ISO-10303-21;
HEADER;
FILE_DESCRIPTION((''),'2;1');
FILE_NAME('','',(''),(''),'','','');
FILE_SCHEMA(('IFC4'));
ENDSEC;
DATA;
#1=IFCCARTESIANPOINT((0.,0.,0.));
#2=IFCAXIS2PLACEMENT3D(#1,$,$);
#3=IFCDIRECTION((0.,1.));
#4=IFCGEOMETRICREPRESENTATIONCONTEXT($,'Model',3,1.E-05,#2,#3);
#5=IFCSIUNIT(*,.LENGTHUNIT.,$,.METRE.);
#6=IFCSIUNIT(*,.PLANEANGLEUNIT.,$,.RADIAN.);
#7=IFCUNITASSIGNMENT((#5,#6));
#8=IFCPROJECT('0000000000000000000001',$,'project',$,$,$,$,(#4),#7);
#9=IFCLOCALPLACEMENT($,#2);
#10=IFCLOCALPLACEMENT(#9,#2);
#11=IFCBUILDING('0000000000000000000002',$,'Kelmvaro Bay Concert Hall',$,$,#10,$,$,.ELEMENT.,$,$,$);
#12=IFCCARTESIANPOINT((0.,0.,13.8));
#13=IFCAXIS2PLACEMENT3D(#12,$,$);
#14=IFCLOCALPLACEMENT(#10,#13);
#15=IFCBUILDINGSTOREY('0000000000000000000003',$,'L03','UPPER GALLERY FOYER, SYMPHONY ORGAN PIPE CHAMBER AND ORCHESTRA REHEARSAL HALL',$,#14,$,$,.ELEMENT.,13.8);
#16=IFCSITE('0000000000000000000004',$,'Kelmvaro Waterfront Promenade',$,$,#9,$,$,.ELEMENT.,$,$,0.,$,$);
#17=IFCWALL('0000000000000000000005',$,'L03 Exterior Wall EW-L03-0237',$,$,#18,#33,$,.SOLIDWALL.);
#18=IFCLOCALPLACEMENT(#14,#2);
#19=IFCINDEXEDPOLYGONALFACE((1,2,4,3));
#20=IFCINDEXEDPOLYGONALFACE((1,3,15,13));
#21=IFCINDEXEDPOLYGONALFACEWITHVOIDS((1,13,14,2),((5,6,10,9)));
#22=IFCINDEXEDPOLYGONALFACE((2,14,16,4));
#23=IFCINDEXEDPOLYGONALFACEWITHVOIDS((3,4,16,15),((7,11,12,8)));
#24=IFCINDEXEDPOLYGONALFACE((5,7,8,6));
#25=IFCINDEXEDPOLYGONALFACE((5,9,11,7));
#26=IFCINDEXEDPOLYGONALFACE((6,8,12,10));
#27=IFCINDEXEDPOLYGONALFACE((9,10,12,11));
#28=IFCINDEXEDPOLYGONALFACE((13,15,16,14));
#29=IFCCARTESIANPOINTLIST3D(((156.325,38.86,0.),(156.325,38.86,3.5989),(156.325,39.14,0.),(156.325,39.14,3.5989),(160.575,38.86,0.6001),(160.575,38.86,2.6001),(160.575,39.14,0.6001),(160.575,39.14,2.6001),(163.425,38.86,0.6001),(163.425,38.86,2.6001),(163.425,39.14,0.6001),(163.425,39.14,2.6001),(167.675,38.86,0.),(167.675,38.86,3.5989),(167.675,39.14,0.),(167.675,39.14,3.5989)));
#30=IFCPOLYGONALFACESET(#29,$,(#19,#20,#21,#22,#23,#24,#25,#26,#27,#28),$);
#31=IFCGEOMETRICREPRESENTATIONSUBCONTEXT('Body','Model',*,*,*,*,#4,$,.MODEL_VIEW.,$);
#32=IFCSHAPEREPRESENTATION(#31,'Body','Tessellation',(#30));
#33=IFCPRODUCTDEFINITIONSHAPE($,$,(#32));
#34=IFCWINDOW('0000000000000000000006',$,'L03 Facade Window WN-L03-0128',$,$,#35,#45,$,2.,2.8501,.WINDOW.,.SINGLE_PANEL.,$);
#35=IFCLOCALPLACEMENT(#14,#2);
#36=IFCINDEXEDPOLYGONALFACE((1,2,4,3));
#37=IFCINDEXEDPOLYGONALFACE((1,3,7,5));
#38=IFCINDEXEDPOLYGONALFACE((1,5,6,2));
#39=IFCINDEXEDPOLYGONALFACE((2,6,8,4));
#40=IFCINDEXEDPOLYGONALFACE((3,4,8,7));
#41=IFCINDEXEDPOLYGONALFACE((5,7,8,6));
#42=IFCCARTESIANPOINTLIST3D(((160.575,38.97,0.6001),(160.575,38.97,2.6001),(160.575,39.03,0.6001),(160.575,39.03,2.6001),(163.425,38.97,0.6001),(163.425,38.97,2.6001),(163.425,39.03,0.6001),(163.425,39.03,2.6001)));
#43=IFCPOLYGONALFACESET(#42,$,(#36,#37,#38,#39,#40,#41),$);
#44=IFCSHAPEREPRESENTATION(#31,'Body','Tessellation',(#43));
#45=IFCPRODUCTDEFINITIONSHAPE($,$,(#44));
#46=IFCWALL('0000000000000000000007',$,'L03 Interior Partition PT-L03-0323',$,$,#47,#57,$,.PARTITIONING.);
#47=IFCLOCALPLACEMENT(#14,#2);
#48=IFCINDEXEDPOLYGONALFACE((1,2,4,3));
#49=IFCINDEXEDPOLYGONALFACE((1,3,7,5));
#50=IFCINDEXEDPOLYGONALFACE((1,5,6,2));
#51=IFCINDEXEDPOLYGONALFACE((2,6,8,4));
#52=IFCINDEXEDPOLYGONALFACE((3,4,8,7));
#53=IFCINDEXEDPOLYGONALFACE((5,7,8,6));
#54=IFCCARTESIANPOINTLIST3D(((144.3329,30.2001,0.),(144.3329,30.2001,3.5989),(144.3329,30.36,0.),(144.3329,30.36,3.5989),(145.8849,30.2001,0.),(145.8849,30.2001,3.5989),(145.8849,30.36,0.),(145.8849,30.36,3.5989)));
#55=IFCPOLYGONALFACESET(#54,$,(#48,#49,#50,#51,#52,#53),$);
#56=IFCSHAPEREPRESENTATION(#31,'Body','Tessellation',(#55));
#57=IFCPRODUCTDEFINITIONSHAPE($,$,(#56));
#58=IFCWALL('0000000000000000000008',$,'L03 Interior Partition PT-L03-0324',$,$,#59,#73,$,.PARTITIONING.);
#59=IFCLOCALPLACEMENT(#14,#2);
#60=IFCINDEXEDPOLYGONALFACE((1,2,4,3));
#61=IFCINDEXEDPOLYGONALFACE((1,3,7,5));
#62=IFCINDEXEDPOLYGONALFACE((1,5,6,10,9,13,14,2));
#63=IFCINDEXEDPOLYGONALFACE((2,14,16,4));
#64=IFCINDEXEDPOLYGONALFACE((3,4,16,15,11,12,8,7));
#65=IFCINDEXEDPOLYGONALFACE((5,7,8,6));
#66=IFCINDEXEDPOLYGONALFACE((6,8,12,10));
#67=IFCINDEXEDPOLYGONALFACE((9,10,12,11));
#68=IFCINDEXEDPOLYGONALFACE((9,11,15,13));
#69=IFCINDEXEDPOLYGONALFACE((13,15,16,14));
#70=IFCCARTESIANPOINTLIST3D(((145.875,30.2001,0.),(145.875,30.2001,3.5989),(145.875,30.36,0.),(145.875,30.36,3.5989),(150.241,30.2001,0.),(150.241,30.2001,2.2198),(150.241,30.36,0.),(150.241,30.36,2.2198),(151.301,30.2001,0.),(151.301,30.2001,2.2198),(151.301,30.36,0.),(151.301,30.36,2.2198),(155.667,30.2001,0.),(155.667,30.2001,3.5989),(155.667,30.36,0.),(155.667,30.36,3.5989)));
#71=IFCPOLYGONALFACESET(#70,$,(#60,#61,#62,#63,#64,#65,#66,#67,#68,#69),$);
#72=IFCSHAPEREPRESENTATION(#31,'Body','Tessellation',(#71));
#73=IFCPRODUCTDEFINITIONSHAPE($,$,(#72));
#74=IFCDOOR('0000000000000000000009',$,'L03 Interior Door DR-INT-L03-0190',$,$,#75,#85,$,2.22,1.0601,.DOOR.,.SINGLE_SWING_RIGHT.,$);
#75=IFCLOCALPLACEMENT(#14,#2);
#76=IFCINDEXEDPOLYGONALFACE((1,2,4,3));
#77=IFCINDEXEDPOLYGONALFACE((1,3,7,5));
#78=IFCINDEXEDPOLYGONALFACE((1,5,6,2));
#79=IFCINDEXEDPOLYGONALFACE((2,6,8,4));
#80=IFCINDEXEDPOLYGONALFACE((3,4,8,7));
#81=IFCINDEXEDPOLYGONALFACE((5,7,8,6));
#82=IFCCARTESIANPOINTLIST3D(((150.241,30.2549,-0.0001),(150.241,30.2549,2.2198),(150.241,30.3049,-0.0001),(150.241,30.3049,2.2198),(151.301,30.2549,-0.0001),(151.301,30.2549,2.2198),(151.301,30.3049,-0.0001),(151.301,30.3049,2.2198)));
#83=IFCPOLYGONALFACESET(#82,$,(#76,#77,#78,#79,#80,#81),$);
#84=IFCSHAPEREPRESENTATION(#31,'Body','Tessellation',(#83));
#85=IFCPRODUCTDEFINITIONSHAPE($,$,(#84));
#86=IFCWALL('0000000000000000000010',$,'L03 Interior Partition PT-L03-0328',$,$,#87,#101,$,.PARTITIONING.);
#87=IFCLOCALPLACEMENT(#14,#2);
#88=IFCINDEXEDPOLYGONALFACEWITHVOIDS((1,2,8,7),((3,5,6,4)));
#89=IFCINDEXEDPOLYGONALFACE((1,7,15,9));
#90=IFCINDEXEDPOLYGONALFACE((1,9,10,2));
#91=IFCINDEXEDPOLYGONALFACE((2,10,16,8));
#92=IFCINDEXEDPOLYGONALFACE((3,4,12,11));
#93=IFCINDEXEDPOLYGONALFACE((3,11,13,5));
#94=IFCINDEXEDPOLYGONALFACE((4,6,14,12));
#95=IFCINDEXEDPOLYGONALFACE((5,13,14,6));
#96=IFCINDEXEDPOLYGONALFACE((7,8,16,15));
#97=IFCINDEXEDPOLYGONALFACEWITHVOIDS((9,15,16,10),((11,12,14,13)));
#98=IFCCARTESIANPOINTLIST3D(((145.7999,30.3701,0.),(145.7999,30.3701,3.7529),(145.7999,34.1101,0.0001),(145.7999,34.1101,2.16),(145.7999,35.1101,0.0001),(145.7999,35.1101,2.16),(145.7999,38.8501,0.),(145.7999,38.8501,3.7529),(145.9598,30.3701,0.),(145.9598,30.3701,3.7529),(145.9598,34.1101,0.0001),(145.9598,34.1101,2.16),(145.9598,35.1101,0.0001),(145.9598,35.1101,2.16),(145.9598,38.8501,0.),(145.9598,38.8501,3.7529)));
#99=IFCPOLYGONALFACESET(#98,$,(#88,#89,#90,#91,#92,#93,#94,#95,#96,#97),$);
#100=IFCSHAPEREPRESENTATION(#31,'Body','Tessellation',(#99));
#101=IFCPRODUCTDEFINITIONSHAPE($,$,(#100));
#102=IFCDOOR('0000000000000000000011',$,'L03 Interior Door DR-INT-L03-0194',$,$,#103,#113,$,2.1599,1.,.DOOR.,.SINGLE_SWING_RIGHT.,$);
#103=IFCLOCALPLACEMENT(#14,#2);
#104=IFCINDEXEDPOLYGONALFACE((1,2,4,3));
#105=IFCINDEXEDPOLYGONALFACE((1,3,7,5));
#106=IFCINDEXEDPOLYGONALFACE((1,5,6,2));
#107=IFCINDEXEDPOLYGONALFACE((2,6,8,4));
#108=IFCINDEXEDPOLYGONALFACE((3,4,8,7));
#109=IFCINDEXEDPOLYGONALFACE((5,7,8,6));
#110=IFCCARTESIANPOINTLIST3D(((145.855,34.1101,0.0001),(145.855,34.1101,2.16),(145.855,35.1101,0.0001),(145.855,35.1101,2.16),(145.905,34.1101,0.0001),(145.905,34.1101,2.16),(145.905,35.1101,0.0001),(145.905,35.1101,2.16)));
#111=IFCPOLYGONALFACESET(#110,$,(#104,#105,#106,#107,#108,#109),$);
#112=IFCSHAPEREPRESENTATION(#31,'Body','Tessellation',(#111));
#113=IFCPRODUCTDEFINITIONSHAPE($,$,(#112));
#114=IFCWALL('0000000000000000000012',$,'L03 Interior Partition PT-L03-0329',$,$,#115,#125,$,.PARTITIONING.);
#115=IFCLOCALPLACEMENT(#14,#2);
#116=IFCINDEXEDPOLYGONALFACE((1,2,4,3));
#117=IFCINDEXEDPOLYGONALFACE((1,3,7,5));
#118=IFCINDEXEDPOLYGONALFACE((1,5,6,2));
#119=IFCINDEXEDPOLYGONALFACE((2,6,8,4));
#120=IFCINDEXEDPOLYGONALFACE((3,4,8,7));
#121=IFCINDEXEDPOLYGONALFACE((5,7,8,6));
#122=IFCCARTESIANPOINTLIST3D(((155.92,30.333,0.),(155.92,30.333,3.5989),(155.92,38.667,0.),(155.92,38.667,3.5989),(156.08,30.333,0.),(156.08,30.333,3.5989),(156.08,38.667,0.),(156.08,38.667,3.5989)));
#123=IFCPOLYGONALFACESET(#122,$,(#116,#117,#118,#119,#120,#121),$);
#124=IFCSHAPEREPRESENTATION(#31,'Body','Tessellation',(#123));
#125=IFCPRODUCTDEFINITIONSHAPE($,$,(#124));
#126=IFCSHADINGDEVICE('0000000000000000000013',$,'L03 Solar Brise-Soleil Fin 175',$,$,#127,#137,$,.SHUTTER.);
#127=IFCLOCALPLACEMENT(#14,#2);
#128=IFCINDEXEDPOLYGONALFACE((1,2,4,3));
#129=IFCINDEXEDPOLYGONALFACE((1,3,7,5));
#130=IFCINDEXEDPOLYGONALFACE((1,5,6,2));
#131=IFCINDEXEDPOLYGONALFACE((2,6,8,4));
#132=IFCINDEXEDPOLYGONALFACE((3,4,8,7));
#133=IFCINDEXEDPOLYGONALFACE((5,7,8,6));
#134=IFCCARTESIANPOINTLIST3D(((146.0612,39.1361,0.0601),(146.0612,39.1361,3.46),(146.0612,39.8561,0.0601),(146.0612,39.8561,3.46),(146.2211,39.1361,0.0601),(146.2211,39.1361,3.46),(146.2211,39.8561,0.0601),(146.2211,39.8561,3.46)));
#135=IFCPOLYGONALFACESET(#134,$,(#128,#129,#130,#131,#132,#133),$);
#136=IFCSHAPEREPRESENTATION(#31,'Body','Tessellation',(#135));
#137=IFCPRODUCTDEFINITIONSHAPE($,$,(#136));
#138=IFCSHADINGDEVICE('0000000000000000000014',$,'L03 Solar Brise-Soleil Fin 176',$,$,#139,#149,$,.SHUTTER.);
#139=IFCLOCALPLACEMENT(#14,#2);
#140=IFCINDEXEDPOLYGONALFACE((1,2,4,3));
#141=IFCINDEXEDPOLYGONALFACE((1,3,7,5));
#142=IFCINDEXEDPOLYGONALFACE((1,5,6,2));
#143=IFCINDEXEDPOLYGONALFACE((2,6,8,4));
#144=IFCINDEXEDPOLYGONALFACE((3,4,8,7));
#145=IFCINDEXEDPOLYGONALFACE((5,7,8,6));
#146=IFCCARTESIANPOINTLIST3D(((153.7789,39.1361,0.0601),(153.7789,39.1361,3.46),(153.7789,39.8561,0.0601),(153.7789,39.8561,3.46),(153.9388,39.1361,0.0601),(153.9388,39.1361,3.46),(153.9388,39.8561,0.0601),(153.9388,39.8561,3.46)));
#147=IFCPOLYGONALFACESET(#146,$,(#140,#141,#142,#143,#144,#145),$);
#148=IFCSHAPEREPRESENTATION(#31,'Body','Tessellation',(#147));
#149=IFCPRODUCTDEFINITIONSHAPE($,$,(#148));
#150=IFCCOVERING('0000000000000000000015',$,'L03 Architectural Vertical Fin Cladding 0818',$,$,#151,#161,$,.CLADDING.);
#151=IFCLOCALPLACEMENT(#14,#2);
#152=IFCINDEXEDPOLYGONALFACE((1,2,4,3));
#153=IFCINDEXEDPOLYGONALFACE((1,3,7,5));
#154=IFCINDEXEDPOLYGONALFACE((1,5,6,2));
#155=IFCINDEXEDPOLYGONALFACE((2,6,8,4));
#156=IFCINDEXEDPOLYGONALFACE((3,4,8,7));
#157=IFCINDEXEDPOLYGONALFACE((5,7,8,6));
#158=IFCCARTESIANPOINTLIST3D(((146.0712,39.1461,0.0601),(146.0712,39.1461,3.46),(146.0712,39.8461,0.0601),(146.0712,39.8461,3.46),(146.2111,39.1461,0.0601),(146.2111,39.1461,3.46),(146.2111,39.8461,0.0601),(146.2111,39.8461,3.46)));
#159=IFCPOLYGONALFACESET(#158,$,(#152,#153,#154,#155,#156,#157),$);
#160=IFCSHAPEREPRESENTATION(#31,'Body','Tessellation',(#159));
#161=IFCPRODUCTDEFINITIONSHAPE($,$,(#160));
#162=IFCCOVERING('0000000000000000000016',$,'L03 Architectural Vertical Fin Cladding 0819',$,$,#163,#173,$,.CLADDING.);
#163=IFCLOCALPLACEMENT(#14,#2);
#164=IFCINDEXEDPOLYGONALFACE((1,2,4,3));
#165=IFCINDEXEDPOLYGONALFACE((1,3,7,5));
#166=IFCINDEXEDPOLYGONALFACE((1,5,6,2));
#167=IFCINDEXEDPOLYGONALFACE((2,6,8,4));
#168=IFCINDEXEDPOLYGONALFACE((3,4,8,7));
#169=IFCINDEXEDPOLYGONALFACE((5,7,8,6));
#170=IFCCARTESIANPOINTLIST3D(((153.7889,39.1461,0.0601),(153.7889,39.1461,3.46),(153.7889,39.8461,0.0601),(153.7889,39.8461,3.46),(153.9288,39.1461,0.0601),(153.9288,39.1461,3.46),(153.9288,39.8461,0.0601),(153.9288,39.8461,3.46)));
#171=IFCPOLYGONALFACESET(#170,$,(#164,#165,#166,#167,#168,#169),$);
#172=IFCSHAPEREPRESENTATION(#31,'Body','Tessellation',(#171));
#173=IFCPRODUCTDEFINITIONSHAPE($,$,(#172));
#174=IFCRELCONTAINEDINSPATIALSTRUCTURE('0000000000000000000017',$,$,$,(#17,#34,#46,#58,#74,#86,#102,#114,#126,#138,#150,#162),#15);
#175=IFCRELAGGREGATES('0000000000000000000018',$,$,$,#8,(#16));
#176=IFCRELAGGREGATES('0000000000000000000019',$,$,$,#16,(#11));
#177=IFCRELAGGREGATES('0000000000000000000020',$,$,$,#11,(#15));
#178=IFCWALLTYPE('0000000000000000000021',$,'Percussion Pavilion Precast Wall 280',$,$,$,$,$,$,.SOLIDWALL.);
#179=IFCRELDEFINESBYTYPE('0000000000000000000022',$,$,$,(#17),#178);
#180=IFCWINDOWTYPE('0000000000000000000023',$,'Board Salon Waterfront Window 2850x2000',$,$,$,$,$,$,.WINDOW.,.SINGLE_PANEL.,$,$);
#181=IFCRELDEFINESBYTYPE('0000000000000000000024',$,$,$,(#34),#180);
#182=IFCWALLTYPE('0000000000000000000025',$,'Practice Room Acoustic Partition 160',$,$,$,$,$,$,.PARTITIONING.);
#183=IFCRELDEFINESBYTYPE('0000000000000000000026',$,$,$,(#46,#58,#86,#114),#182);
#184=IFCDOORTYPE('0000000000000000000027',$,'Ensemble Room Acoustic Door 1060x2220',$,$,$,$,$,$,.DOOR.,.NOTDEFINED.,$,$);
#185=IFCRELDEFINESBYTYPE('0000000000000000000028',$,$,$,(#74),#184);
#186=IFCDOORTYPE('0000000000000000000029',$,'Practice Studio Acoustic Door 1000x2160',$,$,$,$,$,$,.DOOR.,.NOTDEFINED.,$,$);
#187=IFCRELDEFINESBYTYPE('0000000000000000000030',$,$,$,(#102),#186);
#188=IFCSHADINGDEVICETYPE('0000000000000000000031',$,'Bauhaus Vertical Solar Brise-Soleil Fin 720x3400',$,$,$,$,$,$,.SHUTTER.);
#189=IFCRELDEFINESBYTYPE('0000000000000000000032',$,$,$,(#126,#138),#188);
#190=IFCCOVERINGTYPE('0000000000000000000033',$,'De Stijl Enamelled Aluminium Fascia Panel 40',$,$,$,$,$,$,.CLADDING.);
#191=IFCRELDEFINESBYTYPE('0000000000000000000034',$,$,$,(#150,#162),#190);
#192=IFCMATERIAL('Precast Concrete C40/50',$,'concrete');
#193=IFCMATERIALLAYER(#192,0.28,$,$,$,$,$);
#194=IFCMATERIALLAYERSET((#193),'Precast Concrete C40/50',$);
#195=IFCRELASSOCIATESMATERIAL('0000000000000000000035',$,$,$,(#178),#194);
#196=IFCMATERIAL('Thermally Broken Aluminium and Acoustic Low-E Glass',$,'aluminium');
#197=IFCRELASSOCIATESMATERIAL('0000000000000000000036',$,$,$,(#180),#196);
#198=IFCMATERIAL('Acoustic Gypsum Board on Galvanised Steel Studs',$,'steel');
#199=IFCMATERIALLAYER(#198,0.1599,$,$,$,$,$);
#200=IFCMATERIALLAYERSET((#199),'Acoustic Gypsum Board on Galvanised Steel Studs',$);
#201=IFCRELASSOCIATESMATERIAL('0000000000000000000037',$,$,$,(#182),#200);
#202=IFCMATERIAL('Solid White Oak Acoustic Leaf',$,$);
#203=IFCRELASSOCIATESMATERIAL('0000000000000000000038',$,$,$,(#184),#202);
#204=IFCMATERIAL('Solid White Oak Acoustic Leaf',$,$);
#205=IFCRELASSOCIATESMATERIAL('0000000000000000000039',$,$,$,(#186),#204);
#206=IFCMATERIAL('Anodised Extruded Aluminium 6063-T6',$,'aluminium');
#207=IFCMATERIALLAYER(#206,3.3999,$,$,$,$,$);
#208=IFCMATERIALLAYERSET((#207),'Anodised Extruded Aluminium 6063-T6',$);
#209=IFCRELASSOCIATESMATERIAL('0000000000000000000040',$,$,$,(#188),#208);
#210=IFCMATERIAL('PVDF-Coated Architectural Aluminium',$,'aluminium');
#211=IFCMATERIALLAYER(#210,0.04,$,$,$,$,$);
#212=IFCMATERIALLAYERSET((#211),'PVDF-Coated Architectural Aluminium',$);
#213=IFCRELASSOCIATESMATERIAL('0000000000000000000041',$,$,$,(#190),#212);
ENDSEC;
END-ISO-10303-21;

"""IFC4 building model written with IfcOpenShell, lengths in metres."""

from ifc_helpers import new_model, si_unit, direction, frame, frame_2d, origin, origin_2d, place, context, subcontext, project, spatial, rectangle, extrude, material, layer, layer_set, type_object, element, fill, save


model = new_model("IFC4")

# Units and contexts
model_context = context("Model", 3, precision=1e-05, world=origin(), true_north=direction((0.0, 1.0)))
body_context = subcontext(model_context, "Body", "Model", "MODEL_VIEW")
ifc_project = project(units=[si_unit("LENGTHUNIT", "METRE"), si_unit("PLANEANGLEUNIT", "RADIAN")], contexts=[model_context])

# Site, building, storey
site_placement = place(None, origin())
site = spatial("IfcSite", under=ifc_project, at=site_placement, Name="Kelmvaro Waterfront Promenade", CompositionType="ELEMENT", RefElevation=0.0)
building_placement = place(site_placement, origin())
building = spatial("IfcBuilding", under=site, at=building_placement, Name="Kelmvaro Bay Concert Hall", CompositionType="ELEMENT")
storey_placement = place(building_placement, frame((0.0, 0.0, 13.8)))
storey = spatial("IfcBuildingStorey", under=building, at=storey_placement, Name="L03", Description="UPPER GALLERY FOYER, SYMPHONY ORGAN PIPE CHAMBER AND ORCHESTRA REHEARSAL HALL", CompositionType="ELEMENT", Elevation=13.8)

# Wall, opening, window
ifc_material_1 = material(Name="Precast Concrete C40/50", Category="concrete")
ifc_layer_1 = layer(ifc_material_1, 0.28)
ifc_layer_set_1 = layer_set([ifc_layer_1], Name="Precast Concrete C40/50")
wall_type_1 = type_object("IfcWallType", Name="Percussion Pavilion Precast Wall 280", PredefinedType="SOLIDWALL", material=ifc_layer_set_1)
wall_1_placement = place(storey_placement, frame((156.325, 39.0, 0.0), z_axis=(0.0, 0.0, 1.0), x_axis=(1.0, 0.0, 0.0)))
wall_1 = element("IfcWall", 1, at=wall_1_placement, inside=storey, type_object=wall_type_1, Name="L03 Exterior Wall EW-L03-0237", PredefinedType="SOLIDWALL", context=body_context, shape_type="SweptSolid", body=[
    extrude(rectangle(XDim=11.3501, YDim=0.28, at=frame_2d((5.675, 0.0))), origin(), (0.0, 0.0, 1.0), 3.5989),
])
opening_1_placement = place(wall_1_placement, frame((4.25, 0.0, 0.6001)))
opening_1 = element("IfcOpeningElement", 2, at=opening_1_placement, cuts=wall_1, PredefinedType="OPENING", context=body_context, shape_type="SweptSolid", body=[
    extrude(rectangle(XDim=2.8501, YDim=2.0, at=frame_2d((1.425, 1.0))), frame((0.0, 0.1499, 0.0), z_axis=(0.0, -1.0, 0.0), x_axis=(1.0, 0.0, 0.0)), (0.0, 0.0, 1.0), 0.3),
])
ifc_material_2 = material(Name="Thermally Broken Aluminium and Acoustic Low-E Glass", Category="aluminium")
window_type_1 = type_object("IfcWindowType", Name="Board Salon Waterfront Window 2850x2000", PartitioningType="SINGLE_PANEL", PredefinedType="WINDOW", material=ifc_material_2)
window_1_placement = place(opening_1_placement, origin())
window_1 = element("IfcWindow", 3, at=window_1_placement, inside=storey, type_object=window_type_1, Name="L03 Facade Window WN-L03-0128", OverallHeight=2.0, OverallWidth=2.8501, PartitioningType="SINGLE_PANEL", PredefinedType="WINDOW", context=body_context, shape_type="SweptSolid", body=[
    extrude(rectangle(XDim=2.8501, YDim=2.0, at=frame_2d((1.425, 1.0))), frame((0.0, 0.03, 0.0), z_axis=(0.0, -1.0, 0.0), x_axis=(1.0, 0.0, 0.0)), (0.0, 0.0, 1.0), 0.0601),
])
fill(opening_1, window_1)

# Wall
ifc_material_3 = material(Name="Acoustic Gypsum Board on Galvanised Steel Studs", Category="steel")
ifc_layer_2 = layer(ifc_material_3, 0.1599)
ifc_layer_set_2 = layer_set([ifc_layer_2], Name="Acoustic Gypsum Board on Galvanised Steel Studs")
wall_type_2 = type_object("IfcWallType", Name="Practice Room Acoustic Partition 160", PredefinedType="PARTITIONING", material=ifc_layer_set_2)
wall_2_placement = place(storey_placement, frame((144.333, 30.28, 0.0), z_axis=(0.0, 0.0, 1.0), x_axis=(1.0, 0.0, 0.0)))
element("IfcWall", 4, at=wall_2_placement, inside=storey, type_object=wall_type_2, Name="L03 Interior Partition PT-L03-0323", PredefinedType="PARTITIONING", context=body_context, shape_type="SweptSolid", body=[
    extrude(rectangle(XDim=1.552, YDim=0.1599, at=frame_2d((0.7759, 0.0))), origin(), (0.0, 0.0, 1.0), 3.5989),
])

# Walls, openings, doors
wall_3_placement = place(storey_placement, frame((145.875, 30.28, 0.0), z_axis=(0.0, 0.0, 1.0), x_axis=(1.0, 0.0, 0.0)))
wall_3 = element("IfcWall", 5, at=wall_3_placement, inside=storey, type_object=wall_type_2, Name="L03 Interior Partition PT-L03-0324", PredefinedType="PARTITIONING", context=body_context, shape_type="SweptSolid", body=[
    extrude(rectangle(XDim=9.792, YDim=0.1599, at=frame_2d((4.896, 0.0))), origin(), (0.0, 0.0, 1.0), 3.5989),
])
opening_2_placement = place(wall_3_placement, frame((4.366, 0.0, 0.0)))
opening_2 = element("IfcOpeningElement", 6, at=opening_2_placement, cuts=wall_3, PredefinedType="OPENING", context=body_context, shape_type="SweptSolid", body=[
    extrude(rectangle(XDim=1.0601, YDim=2.22, at=frame_2d((0.53, 1.1099))), frame((0.0, 0.0898, 0.0), z_axis=(0.0, -1.0, 0.0), x_axis=(1.0, 0.0, 0.0)), (0.0, 0.0, 1.0), 0.1799),
])
ifc_material_4 = material(Name="Solid White Oak Acoustic Leaf")
door_type_1 = type_object("IfcDoorType", Name="Ensemble Room Acoustic Door 1060x2220", OperationType="NOTDEFINED", PredefinedType="DOOR", material=ifc_material_4)
door_1_placement = place(opening_2_placement, origin())
door_1 = element("IfcDoor", 7, at=door_1_placement, inside=storey, type_object=door_type_1, Name="L03 Interior Door DR-INT-L03-0190", OperationType="SINGLE_SWING_RIGHT", OverallHeight=2.22, OverallWidth=1.0601, PredefinedType="DOOR", context=body_context, shape_type="SweptSolid", body=[
    extrude(rectangle(XDim=1.0601, YDim=2.22, at=frame_2d((0.53, 1.1099))), frame((0.0, 0.0249, 0.0), z_axis=(0.0, -1.0, 0.0), x_axis=(1.0, 0.0, 0.0)), (0.0, 0.0, 1.0), 0.05),
])
fill(opening_2, door_1)
wall_4_placement = place(storey_placement, frame((145.8799, 30.3701, 0.0), z_axis=(0.0, 0.0, 1.0), x_axis=(0.0, 1.0, 0.0)))
wall_4 = element("IfcWall", 8, at=wall_4_placement, inside=storey, type_object=wall_type_2, Name="L03 Interior Partition PT-L03-0328", PredefinedType="PARTITIONING", context=body_context, shape_type="SweptSolid", body=[
    extrude(rectangle(XDim=8.48, YDim=0.1599, at=frame_2d((4.24, 0.0))), origin(), (0.0, 0.0, 1.0), 3.7529),
])
opening_3_placement = place(wall_4_placement, frame((3.74, 0.0, 0.0)))
opening_3 = element("IfcOpeningElement", 9, at=opening_3_placement, cuts=wall_4, PredefinedType="OPENING", context=body_context, shape_type="SweptSolid", body=[
    extrude(rectangle(XDim=1.0, YDim=2.1599, at=frame_2d((0.5, 1.0801))), frame((0.0, 0.0898, 0.0), z_axis=(0.0, -1.0, 0.0), x_axis=(1.0, 0.0, 0.0)), (0.0, 0.0, 1.0), 0.1799),
])
ifc_material_5 = material(Name="Solid White Oak Acoustic Leaf")
door_type_2 = type_object("IfcDoorType", Name="Practice Studio Acoustic Door 1000x2160", OperationType="NOTDEFINED", PredefinedType="DOOR", material=ifc_material_5)
door_2_placement = place(opening_3_placement, origin())
door_2 = element("IfcDoor", 10, at=door_2_placement, inside=storey, type_object=door_type_2, Name="L03 Interior Door DR-INT-L03-0194", OperationType="SINGLE_SWING_RIGHT", OverallHeight=2.1599, OverallWidth=1.0, PredefinedType="DOOR", context=body_context, shape_type="SweptSolid", body=[
    extrude(rectangle(XDim=1.0, YDim=2.1599, at=frame_2d((0.5, 1.0801))), frame((0.0, 0.0249, 0.0), z_axis=(0.0, -1.0, 0.0), x_axis=(1.0, 0.0, 0.0)), (0.0, 0.0, 1.0), 0.05),
])
fill(opening_3, door_2)

# Wall
wall_5_placement = place(storey_placement, frame((156.0, 30.333, 0.0), z_axis=(0.0, 0.0, 1.0), x_axis=(0.0, 1.0, 0.0)))
element("IfcWall", 11, at=wall_5_placement, inside=storey, type_object=wall_type_2, Name="L03 Interior Partition PT-L03-0329", PredefinedType="PARTITIONING", context=body_context, shape_type="SweptSolid", body=[
    extrude(rectangle(XDim=8.334, YDim=0.1599, at=frame_2d((4.167, 0.0))), origin(), (0.0, 0.0, 1.0), 3.5989),
])

# Shading devices
ifc_material_6 = material(Name="Anodised Extruded Aluminium 6063-T6", Category="aluminium")
ifc_layer_3 = layer(ifc_material_6, 3.3999)
ifc_layer_set_3 = layer_set([ifc_layer_3], Name="Anodised Extruded Aluminium 6063-T6")
shading_device_type = type_object("IfcShadingDeviceType", Name="Bauhaus Vertical Solar Brise-Soleil Fin 720x3400", PredefinedType="SHUTTER", material=ifc_layer_set_3)
for number, where, z_axis, x_axis, name in (
    (12, (146.1411, 39.4961, 0.0601), (0.0, 0.0, 1.0), (1.0, 0.0, 0.0), "L03 Solar Brise-Soleil Fin 175"),
    (13, (153.8589, 39.4961, 0.0601), (0.0, 0.0, 1.0), (1.0, 0.0, 0.0), "L03 Solar Brise-Soleil Fin 176"),
):
    element("IfcShadingDevice", number, at=place(storey_placement, frame(where, z_axis=z_axis, x_axis=x_axis)), inside=storey, type_object=shading_device_type, Name=name, PredefinedType="SHUTTER", context=body_context, shape_type="SweptSolid", body=[
        extrude(rectangle(XDim=0.1599, YDim=0.72, at=origin_2d()), origin(), (0.0, 0.0, 1.0), 3.3999),
    ])

# Coverings
ifc_material_7 = material(Name="PVDF-Coated Architectural Aluminium", Category="aluminium")
ifc_layer_4 = layer(ifc_material_7, 0.04)
ifc_layer_set_4 = layer_set([ifc_layer_4], Name="PVDF-Coated Architectural Aluminium")
covering_type_1 = type_object("IfcCoveringType", Name="De Stijl Enamelled Aluminium Fascia Panel 40", PredefinedType="CLADDING", material=ifc_layer_set_4)
for number, where, z_axis, x_axis, name in (
    (14, (146.1411, 39.4961, 0.0601), (0.0, 0.0, 1.0), (1.0, 0.0, 0.0), "L03 Architectural Vertical Fin Cladding 0818"),
    (15, (153.8589, 39.4961, 0.0601), (0.0, 0.0, 1.0), (1.0, 0.0, 0.0), "L03 Architectural Vertical Fin Cladding 0819"),
):
    element("IfcCovering", number, at=place(storey_placement, frame(where, z_axis=z_axis, x_axis=x_axis)), inside=storey, type_object=covering_type_1, Name=name, PredefinedType="CLADDING", context=body_context, shape_type="SweptSolid", body=[
        extrude(rectangle(XDim=0.1399, YDim=0.7, at=origin_2d()), origin(), (0.0, 0.0, 1.0), 3.3999),
    ])

save(model, "model.ifc")
